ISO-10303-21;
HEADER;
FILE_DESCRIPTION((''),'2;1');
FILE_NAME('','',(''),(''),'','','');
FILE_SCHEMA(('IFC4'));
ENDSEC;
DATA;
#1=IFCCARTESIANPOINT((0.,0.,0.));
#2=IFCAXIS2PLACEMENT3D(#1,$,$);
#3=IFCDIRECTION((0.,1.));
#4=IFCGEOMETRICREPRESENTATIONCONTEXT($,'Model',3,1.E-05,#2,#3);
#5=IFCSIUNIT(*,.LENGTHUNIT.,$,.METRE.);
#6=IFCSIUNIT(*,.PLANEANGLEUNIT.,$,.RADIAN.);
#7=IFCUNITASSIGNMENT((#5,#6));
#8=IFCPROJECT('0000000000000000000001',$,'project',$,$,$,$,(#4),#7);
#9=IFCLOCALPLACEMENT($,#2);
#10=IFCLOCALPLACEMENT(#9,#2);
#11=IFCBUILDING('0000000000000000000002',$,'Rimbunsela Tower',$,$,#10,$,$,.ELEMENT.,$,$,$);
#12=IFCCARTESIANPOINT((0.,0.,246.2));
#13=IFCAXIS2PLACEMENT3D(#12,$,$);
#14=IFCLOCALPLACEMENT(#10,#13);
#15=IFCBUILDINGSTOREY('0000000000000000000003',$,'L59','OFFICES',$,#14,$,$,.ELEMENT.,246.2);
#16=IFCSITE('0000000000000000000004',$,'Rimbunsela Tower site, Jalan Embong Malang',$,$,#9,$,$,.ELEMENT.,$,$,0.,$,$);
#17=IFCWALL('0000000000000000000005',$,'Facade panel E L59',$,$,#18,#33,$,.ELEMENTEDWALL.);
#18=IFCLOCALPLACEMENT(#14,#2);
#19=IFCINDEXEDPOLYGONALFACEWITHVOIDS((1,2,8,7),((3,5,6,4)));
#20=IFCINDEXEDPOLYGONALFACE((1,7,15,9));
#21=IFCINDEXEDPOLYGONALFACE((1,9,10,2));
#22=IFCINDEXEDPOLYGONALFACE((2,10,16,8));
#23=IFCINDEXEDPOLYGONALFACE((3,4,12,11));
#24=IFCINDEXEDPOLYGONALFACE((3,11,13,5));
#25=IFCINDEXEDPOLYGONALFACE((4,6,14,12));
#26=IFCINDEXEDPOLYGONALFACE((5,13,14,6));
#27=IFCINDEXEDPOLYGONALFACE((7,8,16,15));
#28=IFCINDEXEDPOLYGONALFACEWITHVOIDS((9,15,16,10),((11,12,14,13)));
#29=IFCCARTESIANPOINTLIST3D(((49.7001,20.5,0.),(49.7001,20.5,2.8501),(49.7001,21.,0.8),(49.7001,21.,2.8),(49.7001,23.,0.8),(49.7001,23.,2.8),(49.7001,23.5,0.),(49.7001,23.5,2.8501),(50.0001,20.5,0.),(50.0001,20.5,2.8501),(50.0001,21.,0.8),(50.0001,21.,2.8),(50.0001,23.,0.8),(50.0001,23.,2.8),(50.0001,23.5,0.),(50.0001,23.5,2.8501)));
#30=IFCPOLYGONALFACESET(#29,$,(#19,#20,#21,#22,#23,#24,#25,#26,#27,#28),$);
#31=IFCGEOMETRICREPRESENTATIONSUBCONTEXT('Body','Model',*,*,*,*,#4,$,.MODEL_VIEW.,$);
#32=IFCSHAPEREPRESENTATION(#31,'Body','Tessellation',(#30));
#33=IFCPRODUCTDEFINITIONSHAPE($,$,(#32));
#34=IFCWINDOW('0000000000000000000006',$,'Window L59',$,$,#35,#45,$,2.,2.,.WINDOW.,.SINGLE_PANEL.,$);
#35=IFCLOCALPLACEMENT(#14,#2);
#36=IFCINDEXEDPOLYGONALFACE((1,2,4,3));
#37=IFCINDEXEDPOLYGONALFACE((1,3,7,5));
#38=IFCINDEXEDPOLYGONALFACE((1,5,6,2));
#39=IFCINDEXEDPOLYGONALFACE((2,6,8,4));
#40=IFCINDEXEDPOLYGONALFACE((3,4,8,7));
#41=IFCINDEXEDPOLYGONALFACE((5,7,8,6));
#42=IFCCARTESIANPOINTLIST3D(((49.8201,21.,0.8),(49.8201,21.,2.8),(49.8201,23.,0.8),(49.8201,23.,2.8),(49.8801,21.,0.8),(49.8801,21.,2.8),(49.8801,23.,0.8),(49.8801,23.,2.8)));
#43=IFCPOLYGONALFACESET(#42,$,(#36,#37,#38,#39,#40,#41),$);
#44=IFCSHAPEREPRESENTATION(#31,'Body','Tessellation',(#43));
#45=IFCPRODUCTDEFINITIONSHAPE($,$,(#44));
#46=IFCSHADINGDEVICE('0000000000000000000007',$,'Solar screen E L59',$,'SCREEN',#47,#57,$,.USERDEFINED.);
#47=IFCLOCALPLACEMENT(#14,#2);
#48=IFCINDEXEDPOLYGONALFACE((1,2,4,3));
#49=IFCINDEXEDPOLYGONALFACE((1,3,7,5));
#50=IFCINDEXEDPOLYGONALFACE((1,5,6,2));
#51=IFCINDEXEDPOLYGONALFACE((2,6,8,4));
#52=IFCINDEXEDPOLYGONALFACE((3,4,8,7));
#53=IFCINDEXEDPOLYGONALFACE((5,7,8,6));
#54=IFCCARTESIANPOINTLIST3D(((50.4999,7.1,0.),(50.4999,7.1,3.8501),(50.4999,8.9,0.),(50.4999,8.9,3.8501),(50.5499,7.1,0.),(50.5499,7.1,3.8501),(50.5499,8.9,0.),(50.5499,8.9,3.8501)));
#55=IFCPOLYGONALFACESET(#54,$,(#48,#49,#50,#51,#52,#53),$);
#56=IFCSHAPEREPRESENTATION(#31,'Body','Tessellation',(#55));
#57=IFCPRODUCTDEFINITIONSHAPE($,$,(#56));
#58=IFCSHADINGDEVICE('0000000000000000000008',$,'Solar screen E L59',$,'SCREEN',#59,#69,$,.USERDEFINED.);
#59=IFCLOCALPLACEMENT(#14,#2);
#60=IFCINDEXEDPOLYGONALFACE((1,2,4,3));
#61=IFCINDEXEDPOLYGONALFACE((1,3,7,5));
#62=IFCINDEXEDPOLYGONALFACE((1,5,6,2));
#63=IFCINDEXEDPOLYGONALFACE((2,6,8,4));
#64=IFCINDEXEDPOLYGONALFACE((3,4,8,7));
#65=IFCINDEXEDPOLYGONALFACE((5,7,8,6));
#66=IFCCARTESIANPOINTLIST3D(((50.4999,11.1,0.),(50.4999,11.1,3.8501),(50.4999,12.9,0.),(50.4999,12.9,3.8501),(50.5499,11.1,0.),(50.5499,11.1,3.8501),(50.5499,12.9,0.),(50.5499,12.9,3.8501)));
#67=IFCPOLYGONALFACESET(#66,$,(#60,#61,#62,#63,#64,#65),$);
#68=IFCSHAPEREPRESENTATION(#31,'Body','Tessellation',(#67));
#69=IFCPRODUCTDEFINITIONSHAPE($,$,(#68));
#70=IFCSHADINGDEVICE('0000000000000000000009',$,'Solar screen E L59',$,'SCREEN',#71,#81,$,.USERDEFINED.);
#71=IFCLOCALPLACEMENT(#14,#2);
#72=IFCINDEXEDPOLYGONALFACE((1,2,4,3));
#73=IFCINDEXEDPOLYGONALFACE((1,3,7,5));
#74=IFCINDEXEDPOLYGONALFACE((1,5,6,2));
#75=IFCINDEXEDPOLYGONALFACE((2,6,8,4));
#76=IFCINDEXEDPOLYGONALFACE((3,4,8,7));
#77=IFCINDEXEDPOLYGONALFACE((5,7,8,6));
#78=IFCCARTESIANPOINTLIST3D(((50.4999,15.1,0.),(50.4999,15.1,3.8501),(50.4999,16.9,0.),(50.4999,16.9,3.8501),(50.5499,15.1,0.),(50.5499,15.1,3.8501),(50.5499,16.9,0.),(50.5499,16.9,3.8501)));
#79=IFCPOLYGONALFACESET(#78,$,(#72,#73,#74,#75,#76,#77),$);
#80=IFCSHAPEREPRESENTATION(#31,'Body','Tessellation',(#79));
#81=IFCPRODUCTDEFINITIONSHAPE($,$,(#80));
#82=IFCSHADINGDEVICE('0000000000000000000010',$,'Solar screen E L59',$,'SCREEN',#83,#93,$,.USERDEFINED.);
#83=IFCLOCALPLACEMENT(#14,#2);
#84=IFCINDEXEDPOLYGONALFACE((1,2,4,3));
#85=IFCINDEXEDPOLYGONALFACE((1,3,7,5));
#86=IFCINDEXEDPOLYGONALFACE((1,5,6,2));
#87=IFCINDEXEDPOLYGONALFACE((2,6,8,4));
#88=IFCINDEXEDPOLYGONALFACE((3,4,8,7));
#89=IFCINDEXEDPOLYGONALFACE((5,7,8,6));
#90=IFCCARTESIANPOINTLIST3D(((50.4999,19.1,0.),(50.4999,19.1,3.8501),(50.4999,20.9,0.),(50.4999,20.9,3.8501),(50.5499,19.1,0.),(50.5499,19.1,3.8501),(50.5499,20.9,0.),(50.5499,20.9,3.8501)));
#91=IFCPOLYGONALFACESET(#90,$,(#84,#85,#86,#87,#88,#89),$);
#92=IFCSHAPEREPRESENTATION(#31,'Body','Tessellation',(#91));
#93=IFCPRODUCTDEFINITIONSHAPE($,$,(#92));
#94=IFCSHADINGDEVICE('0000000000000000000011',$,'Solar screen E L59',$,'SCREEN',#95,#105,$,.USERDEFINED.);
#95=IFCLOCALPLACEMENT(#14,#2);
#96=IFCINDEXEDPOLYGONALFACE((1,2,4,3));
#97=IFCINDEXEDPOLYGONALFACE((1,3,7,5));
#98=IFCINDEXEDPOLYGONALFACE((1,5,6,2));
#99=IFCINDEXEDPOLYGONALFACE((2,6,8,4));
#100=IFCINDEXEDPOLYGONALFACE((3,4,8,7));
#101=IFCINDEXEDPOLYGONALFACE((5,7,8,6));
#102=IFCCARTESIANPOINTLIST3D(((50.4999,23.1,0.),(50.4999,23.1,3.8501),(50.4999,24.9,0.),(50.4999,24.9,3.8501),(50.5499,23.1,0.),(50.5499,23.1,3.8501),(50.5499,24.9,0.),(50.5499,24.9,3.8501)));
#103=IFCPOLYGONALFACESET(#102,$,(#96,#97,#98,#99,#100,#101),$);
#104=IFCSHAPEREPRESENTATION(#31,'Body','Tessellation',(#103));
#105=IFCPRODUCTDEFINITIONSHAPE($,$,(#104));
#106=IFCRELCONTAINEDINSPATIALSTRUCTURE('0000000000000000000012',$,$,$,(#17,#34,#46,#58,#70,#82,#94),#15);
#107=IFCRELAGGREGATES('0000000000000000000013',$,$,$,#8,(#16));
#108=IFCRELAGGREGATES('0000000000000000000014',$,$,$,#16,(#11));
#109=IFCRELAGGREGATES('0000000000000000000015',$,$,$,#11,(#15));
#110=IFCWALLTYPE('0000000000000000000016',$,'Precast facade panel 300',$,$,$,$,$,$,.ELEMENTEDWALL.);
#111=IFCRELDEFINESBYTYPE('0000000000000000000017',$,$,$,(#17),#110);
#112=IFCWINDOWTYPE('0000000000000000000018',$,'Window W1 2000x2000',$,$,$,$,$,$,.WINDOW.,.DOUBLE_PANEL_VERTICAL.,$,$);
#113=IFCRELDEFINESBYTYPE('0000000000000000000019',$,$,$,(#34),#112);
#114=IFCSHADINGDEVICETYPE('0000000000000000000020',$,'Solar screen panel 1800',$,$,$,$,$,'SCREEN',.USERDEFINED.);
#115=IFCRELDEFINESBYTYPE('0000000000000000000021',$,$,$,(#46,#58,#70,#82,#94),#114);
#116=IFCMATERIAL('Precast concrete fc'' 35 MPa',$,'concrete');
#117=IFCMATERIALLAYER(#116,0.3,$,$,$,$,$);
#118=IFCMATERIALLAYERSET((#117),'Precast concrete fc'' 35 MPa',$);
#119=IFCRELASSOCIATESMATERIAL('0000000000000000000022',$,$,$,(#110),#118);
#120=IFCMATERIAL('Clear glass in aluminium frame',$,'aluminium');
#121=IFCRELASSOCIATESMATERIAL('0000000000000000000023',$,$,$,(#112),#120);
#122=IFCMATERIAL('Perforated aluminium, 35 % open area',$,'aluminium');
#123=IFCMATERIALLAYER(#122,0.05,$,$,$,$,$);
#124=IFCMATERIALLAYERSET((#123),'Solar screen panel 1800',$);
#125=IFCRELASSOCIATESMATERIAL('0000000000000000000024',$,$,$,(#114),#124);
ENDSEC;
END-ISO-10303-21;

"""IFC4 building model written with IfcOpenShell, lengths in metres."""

from ifc_helpers import new_model, si_unit, direction, frame, frame_2d, origin, origin_2d, place, context, subcontext, project, spatial, rectangle, extrude, material, layer, layer_set, type_object, element, fill, save


model = new_model("IFC4")

# Units and contexts
model_context = context("Model", 3, precision=1e-05, world=origin(), true_north=direction((0.0, 1.0)))
body_context = subcontext(model_context, "Body", "Model", "MODEL_VIEW")
ifc_project = project(units=[si_unit("LENGTHUNIT", "METRE"), si_unit("PLANEANGLEUNIT", "RADIAN")], contexts=[model_context])

# Site, building, storey
site_placement = place(None, origin())
site = spatial("IfcSite", under=ifc_project, at=site_placement, Name="Rimbunsela Tower site, Jalan Embong Malang", CompositionType="ELEMENT", RefElevation=0.0)
building_placement = place(site_placement, origin())
building = spatial("IfcBuilding", under=site, at=building_placement, Name="Rimbunsela Tower", CompositionType="ELEMENT")
storey_placement = place(building_placement, frame((0.0, 0.0, 246.2)))
storey = spatial("IfcBuildingStorey", under=building, at=storey_placement, Name="L59", Description="OFFICES", CompositionType="ELEMENT", Elevation=246.2)

# Wall, opening, window
ifc_material_1 = material(Name="Precast concrete fc' 35 MPa", Category="concrete")
ifc_layer_1 = layer(ifc_material_1, 0.3)
ifc_layer_set_1 = layer_set([ifc_layer_1], Name="Precast concrete fc' 35 MPa")
wall_type_1 = type_object("IfcWallType", Name="Precast facade panel 300", PredefinedType="ELEMENTEDWALL", material=ifc_layer_set_1)
ifc_material_2 = material(Name="Clear glass in aluminium frame", Category="aluminium")
window_type = type_object("IfcWindowType", Name="Window W1 2000x2000", PartitioningType="DOUBLE_PANEL_VERTICAL", PredefinedType="WINDOW", material=ifc_material_2)
wall_1_placement = place(storey_placement, frame((49.8501, 20.5, 0.0), z_axis=(0.0, 0.0, 1.0), x_axis=(0.0, 1.0, 0.0)))
wall_1 = element("IfcWall", 1, at=wall_1_placement, inside=storey, type_object=wall_type_1, Name="Facade panel E L59", PredefinedType="ELEMENTEDWALL", context=body_context, shape_type="SweptSolid", body=[
    extrude(rectangle(XDim=3.0, YDim=0.3, at=frame_2d((1.5, 0.0))), origin(), (0.0, 0.0, 1.0), 2.8501),
])
opening_1_placement = place(wall_1_placement, frame((0.5, 0.0, 0.8)))
opening_1 = element("IfcOpeningElement", 2, at=opening_1_placement, cuts=wall_1, PredefinedType="OPENING", context=body_context, shape_type="SweptSolid", body=[
    extrude(rectangle(XDim=2.0, YDim=2.0, at=frame_2d((1.0, 1.0))), frame((0.0, 0.1599, 0.0), z_axis=(0.0, -1.0, 0.0), x_axis=(1.0, 0.0, 0.0)), (0.0, 0.0, 1.0), 0.3201),
])
window_1_placement = place(opening_1_placement, origin())
window_1 = element("IfcWindow", 3, at=window_1_placement, inside=storey, type_object=window_type, Name="Window L59", OverallHeight=2.0, OverallWidth=2.0, PartitioningType="SINGLE_PANEL", PredefinedType="WINDOW", context=body_context, shape_type="SweptSolid", body=[
    extrude(rectangle(XDim=2.0, YDim=2.0, at=frame_2d((1.0, 1.0))), frame((0.0, 0.03, 0.0), z_axis=(0.0, -1.0, 0.0), x_axis=(1.0, 0.0, 0.0)), (0.0, 0.0, 1.0), 0.0601),
])
fill(opening_1, window_1)

# Shading devices
ifc_material_3 = material(Name="Perforated aluminium, 35 % open area", Category="aluminium")
ifc_layer_2 = layer(ifc_material_3, 0.05)
ifc_layer_set_2 = layer_set([ifc_layer_2], Name="Solar screen panel 1800")
shading_device_type = type_object("IfcShadingDeviceType", Name="Solar screen panel 1800", ElementType="SCREEN", PredefinedType="USERDEFINED", material=ifc_layer_set_2)
for number, where, z_axis, x_axis, name in (
    (4, (50.5249, 8.0, 0.0), (0.0, 0.0, 1.0), (0.0, 1.0, 0.0), "Solar screen E L59"),
    (5, (50.5249, 12.0, 0.0), (0.0, 0.0, 1.0), (0.0, 1.0, 0.0), "Solar screen E L59"),
    (6, (50.5249, 16.0, 0.0), (0.0, 0.0, 1.0), (0.0, 1.0, 0.0), "Solar screen E L59"),
    (7, (50.5249, 20.0, 0.0), (0.0, 0.0, 1.0), (0.0, 1.0, 0.0), "Solar screen E L59"),
    (8, (50.5249, 24.0, 0.0), (0.0, 0.0, 1.0), (0.0, 1.0, 0.0), "Solar screen E L59"),
):
    element("IfcShadingDevice", number, at=place(storey_placement, frame(where, z_axis=z_axis, x_axis=x_axis)), inside=storey, type_object=shading_device_type, Name=name, ObjectType="SCREEN", PredefinedType="USERDEFINED", context=body_context, shape_type="SweptSolid", body=[
        extrude(rectangle(XDim=1.8, YDim=0.05, at=origin_2d()), origin(), (0.0, 0.0, 1.0), 3.8501),
    ])

save(model, "model.ifc")
